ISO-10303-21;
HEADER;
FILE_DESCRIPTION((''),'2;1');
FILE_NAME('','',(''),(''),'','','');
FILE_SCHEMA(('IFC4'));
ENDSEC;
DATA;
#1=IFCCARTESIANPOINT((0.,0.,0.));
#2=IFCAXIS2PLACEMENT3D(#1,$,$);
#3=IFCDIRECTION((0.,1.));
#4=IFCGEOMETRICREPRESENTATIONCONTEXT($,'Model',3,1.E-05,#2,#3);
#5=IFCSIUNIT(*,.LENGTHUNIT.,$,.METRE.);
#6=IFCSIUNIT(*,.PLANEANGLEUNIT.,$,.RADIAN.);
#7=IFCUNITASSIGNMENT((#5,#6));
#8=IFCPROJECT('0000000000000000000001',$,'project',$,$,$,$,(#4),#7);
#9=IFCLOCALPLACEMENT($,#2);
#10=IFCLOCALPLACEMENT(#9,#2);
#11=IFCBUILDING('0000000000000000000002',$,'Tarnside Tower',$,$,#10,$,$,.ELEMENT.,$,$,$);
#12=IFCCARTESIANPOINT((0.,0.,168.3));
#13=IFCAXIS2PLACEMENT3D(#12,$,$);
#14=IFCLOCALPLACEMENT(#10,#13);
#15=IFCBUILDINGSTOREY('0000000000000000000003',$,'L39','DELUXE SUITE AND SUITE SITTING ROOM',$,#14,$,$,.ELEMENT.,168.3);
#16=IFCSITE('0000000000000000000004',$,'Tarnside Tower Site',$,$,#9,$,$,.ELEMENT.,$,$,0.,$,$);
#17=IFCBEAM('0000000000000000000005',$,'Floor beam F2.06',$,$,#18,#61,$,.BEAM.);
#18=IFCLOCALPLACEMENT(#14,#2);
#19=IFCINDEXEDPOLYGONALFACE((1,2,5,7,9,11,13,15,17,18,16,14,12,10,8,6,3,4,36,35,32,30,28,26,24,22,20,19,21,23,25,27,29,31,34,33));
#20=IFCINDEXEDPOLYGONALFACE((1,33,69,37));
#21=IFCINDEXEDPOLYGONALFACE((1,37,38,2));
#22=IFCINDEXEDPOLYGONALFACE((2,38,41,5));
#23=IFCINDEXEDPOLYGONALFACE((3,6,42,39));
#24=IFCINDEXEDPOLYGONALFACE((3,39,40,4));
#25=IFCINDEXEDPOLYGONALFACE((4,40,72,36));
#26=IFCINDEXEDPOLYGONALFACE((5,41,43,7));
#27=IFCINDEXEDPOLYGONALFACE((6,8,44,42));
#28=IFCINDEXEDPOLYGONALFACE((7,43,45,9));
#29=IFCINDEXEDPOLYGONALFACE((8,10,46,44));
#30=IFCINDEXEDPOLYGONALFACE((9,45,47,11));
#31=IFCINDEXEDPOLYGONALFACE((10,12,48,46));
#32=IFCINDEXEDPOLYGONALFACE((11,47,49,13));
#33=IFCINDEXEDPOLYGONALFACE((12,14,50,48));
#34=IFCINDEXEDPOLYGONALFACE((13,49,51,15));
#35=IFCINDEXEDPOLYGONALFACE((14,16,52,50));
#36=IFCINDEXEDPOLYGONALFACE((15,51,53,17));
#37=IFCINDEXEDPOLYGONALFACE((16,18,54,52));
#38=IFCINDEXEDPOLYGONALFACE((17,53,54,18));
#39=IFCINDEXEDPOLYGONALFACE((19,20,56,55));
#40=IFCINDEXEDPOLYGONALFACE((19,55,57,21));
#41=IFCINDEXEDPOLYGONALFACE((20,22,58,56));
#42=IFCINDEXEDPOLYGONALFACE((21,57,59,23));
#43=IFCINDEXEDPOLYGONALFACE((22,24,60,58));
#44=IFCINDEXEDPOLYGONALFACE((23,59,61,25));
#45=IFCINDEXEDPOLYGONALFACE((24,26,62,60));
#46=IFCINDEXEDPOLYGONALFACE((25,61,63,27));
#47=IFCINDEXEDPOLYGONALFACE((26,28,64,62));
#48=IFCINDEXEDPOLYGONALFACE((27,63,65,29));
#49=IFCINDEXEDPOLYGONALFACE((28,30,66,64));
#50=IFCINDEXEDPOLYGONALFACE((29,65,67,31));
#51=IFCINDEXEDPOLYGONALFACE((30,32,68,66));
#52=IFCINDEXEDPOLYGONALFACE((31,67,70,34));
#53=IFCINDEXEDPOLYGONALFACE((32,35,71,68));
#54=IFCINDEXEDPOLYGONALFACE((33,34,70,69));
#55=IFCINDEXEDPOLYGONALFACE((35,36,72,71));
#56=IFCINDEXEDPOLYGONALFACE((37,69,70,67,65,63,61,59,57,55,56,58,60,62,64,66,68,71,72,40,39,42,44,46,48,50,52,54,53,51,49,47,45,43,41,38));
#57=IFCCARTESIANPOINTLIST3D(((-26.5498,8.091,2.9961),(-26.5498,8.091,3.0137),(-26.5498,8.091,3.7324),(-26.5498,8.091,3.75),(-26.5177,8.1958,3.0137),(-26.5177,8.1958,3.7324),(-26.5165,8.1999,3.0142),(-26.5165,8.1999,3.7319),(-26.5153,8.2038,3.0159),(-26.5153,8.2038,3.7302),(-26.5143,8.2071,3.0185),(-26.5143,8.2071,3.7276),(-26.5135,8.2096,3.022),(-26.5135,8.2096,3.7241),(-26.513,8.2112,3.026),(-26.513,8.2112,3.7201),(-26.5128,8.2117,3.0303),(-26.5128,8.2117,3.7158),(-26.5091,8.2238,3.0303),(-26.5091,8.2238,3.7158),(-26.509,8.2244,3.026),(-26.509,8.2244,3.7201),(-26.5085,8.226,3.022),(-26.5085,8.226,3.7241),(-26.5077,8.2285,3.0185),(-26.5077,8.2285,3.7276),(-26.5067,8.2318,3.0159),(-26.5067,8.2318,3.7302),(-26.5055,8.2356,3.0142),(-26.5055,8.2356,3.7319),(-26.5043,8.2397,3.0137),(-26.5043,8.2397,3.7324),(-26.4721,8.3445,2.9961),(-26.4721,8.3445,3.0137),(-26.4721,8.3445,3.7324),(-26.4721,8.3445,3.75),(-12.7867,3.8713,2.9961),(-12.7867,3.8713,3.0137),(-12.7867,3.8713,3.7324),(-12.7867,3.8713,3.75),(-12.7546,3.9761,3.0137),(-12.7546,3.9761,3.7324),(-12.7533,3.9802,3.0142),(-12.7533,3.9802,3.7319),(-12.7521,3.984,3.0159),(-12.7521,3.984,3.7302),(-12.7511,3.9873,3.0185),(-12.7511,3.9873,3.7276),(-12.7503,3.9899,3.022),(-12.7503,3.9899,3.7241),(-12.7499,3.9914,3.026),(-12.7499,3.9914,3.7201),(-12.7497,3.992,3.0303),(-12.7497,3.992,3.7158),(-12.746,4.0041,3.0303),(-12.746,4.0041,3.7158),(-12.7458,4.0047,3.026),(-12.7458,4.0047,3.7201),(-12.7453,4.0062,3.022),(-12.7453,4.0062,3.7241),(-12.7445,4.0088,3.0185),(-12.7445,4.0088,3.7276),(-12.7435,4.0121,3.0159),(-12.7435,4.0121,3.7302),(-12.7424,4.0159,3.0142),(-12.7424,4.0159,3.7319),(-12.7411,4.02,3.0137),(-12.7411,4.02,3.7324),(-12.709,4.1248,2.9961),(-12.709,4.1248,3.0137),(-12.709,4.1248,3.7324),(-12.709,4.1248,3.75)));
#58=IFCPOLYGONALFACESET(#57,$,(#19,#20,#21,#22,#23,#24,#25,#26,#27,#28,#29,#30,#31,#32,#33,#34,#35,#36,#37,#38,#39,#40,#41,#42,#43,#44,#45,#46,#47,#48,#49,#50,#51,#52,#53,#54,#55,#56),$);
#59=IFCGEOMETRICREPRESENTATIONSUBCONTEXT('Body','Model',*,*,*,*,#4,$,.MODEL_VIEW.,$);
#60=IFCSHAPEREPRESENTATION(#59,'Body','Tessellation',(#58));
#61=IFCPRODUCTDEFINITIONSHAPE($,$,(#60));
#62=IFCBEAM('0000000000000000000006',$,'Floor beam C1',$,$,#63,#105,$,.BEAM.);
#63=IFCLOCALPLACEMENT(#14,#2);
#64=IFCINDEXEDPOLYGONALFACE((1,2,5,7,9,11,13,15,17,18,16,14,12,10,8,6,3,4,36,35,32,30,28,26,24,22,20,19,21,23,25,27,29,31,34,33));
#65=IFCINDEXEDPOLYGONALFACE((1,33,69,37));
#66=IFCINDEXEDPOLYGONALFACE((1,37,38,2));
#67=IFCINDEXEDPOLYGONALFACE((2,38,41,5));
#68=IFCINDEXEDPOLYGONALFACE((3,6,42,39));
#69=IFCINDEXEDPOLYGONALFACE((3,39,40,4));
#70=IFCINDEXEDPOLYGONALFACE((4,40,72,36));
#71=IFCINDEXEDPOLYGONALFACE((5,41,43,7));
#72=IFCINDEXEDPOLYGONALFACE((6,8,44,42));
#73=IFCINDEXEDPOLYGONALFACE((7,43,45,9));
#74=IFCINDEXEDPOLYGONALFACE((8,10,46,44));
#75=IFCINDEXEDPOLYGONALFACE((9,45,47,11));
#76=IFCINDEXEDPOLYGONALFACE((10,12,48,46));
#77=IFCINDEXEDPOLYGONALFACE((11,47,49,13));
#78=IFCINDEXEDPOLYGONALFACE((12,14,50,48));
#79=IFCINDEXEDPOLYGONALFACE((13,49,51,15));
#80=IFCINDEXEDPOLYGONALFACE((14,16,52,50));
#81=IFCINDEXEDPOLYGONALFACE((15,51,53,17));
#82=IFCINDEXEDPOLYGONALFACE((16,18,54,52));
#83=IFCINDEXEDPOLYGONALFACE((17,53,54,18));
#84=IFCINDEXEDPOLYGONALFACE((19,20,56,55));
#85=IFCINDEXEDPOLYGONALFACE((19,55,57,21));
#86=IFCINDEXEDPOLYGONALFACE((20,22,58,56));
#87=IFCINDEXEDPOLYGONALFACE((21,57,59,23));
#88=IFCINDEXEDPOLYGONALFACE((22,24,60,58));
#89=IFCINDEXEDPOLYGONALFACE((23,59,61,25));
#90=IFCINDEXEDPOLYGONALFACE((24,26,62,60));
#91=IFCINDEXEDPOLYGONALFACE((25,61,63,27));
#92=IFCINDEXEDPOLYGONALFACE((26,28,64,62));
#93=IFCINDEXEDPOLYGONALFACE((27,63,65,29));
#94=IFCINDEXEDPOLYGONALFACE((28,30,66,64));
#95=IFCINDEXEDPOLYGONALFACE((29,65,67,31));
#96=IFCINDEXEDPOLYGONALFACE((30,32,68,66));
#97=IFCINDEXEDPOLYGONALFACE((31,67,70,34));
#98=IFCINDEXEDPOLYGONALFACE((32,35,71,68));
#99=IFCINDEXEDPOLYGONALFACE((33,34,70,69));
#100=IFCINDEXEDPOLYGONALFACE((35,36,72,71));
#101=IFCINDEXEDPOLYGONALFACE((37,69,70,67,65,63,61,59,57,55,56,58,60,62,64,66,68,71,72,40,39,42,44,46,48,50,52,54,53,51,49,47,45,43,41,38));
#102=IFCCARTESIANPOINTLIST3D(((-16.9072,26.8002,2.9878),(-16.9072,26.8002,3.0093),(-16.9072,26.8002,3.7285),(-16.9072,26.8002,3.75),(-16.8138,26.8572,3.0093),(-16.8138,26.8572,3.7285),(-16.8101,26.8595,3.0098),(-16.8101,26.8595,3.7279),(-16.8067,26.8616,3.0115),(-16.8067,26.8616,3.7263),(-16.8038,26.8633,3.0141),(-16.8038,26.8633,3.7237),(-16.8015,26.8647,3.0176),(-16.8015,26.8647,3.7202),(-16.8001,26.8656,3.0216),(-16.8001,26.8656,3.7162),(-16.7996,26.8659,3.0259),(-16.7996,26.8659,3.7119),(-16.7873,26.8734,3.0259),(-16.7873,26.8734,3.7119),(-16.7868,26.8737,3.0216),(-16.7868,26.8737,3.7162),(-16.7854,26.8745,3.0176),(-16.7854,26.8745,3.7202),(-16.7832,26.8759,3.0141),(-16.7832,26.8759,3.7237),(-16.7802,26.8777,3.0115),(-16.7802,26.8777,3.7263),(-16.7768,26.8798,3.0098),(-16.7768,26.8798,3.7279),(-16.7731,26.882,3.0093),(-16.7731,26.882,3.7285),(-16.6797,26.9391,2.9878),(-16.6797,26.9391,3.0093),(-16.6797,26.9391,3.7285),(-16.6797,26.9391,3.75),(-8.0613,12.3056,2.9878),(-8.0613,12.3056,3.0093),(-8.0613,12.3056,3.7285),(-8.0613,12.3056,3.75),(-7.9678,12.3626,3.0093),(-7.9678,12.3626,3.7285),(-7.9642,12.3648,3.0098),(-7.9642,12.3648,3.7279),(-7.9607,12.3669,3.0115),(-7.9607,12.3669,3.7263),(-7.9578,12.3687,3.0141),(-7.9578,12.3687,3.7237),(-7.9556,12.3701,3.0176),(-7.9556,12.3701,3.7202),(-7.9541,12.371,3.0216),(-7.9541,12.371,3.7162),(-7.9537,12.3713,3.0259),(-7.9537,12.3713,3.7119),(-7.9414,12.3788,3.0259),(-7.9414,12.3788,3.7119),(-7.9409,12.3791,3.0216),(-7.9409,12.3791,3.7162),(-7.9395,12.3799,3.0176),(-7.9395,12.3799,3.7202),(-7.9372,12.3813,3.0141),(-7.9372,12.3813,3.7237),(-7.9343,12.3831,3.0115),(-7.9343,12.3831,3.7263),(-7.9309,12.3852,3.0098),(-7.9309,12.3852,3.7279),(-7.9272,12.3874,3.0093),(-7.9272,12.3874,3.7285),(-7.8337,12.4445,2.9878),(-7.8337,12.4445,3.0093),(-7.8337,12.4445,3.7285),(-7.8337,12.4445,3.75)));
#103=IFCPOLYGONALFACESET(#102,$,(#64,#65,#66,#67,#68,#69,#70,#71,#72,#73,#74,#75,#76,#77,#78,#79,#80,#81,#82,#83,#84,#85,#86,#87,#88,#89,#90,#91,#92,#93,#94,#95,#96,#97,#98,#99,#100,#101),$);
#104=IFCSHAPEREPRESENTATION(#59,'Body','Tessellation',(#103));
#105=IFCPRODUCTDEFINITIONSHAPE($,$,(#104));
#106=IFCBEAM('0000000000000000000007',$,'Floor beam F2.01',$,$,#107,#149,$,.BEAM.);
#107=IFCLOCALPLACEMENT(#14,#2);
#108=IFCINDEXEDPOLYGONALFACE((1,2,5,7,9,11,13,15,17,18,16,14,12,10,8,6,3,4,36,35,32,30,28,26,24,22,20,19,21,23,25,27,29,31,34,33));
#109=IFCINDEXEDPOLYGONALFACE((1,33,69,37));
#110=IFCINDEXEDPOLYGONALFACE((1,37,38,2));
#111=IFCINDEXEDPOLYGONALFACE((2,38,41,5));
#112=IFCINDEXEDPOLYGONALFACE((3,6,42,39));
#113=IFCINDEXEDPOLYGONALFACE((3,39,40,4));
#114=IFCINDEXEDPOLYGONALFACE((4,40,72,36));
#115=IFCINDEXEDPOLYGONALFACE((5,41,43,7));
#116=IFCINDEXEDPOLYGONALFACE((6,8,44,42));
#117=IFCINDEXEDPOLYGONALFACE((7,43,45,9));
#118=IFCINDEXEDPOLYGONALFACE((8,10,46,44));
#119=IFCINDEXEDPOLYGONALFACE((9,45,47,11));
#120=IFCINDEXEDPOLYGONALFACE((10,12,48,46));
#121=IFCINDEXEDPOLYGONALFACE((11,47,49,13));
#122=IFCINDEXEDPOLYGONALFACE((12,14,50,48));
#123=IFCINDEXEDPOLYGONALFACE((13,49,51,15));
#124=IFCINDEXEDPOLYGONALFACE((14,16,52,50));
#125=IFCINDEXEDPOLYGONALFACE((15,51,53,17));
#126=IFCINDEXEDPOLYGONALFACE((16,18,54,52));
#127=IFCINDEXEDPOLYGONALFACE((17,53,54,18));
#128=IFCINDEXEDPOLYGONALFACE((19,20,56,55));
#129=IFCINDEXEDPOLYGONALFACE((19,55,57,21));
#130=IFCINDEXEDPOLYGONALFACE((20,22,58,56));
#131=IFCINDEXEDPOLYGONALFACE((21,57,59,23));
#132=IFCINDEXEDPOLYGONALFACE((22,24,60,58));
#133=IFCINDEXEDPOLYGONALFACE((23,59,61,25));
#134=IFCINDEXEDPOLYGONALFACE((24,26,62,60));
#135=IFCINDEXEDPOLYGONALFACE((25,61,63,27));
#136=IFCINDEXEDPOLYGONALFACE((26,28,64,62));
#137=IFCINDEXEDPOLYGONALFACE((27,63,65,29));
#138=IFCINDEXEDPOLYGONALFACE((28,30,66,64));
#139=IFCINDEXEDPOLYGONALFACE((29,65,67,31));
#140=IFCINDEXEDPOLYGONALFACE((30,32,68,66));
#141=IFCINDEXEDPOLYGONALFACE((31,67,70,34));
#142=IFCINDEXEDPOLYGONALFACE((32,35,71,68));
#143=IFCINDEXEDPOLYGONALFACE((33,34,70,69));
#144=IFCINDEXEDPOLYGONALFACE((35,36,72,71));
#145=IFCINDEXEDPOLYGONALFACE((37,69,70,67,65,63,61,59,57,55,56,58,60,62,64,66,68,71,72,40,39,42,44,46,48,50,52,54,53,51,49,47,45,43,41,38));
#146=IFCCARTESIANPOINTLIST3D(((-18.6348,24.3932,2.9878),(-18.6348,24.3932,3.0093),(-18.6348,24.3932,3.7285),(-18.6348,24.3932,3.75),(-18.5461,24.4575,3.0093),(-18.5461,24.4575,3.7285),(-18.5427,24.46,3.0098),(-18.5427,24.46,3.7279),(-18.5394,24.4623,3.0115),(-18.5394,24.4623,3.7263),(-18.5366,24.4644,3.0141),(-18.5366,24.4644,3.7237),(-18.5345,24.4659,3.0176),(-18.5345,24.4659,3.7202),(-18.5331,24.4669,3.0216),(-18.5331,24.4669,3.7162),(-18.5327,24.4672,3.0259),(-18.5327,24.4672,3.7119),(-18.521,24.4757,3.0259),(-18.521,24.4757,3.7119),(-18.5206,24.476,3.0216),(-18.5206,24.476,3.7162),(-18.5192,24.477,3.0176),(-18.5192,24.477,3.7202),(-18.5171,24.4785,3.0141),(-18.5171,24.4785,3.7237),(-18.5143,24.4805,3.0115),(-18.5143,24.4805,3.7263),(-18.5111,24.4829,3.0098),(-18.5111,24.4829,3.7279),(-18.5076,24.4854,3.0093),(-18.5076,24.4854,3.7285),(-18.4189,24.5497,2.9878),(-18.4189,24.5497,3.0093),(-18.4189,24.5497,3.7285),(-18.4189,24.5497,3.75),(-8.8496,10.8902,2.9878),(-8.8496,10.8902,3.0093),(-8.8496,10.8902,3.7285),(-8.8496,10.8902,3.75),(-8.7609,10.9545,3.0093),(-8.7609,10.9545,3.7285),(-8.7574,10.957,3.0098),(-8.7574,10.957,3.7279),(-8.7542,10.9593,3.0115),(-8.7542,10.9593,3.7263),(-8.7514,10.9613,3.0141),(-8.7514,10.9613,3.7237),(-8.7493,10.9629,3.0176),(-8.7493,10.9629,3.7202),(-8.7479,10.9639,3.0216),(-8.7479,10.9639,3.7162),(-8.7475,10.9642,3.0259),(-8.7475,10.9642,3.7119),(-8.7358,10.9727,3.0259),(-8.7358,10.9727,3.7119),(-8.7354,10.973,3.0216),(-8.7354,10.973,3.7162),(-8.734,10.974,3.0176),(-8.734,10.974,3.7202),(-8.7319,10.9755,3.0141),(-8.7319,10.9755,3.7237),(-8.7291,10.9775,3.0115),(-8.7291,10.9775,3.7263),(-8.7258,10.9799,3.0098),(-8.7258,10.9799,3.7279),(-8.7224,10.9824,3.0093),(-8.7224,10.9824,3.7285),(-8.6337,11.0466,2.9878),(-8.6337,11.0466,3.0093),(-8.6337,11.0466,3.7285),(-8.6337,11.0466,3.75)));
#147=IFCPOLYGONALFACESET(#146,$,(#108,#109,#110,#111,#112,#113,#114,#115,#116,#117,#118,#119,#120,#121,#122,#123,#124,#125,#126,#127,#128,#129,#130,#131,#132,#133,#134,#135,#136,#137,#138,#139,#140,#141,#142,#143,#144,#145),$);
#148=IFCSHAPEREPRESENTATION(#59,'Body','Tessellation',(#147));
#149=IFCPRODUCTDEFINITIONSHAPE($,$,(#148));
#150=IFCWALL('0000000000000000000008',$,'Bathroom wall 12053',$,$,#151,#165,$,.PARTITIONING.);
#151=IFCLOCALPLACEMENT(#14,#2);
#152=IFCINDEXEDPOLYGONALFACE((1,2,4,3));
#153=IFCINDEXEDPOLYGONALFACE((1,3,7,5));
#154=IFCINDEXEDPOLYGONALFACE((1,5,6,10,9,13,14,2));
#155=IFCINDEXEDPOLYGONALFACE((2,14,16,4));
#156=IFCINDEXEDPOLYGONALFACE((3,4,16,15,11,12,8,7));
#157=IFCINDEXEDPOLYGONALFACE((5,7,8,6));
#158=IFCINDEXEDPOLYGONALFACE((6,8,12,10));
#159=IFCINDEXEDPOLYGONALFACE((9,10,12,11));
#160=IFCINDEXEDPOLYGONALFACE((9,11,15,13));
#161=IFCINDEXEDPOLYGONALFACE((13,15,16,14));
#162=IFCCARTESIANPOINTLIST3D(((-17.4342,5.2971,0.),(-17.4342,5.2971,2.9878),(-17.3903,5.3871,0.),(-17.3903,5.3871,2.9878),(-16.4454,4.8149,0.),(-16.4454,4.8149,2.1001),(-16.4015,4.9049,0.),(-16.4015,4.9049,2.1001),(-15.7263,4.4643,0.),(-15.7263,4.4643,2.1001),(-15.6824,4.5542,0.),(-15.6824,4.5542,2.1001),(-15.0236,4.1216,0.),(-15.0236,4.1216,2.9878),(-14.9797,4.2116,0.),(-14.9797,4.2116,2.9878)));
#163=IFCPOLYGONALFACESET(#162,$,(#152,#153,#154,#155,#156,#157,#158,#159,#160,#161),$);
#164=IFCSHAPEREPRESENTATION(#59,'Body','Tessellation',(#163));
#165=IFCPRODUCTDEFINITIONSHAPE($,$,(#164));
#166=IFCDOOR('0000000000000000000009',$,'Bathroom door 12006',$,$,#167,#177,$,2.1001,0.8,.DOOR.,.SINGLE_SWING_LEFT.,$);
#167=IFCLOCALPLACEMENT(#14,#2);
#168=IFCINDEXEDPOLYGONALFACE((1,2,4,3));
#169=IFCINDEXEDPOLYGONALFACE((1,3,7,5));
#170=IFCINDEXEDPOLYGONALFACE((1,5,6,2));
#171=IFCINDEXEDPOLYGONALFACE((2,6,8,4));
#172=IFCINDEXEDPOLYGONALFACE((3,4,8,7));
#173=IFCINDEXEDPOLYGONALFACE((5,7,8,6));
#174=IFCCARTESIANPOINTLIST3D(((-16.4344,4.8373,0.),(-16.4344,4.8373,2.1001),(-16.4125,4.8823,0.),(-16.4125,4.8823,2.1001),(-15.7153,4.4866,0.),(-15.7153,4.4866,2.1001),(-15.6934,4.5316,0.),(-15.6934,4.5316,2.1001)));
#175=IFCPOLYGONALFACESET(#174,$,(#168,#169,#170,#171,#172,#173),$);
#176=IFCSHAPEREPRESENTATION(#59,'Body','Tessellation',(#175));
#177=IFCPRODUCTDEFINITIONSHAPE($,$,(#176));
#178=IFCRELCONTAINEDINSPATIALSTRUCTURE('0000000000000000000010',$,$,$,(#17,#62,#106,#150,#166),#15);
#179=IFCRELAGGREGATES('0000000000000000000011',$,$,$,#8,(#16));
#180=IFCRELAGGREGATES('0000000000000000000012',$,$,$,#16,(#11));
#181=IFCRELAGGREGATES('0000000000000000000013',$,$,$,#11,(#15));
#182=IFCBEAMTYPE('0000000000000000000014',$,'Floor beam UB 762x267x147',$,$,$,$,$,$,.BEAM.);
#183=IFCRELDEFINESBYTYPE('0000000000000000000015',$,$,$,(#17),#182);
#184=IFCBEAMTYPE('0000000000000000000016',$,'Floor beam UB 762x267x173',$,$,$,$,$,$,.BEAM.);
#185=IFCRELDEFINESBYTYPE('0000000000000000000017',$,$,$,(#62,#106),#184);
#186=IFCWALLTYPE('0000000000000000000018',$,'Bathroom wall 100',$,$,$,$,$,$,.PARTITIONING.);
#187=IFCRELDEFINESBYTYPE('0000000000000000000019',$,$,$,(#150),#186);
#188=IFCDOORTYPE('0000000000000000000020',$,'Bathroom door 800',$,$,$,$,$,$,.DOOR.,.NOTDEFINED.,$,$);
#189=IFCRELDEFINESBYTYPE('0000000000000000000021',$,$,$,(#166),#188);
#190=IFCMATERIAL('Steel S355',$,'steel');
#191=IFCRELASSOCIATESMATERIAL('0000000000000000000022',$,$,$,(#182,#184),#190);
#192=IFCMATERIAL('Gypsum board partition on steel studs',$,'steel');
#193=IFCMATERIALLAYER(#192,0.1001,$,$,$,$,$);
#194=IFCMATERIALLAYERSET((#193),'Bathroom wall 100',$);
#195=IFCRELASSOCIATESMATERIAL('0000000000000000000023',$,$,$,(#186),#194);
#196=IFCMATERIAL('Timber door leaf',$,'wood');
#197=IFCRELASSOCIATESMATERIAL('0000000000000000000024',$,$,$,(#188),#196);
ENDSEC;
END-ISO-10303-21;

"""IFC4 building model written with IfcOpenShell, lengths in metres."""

from ifc_helpers import new_model, si_unit, direction, frame, frame_2d, origin, origin_2d, place, context, subcontext, project, spatial, rectangle, i_section, extrude, material, layer, layer_set, material_profile, profile_set, type_object, element, fill, save


model = new_model("IFC4")

# Units and contexts
model_context = context("Model", 3, precision=1e-05, world=origin(), true_north=direction((0.0, 1.0)))
body_context = subcontext(model_context, "Body", "Model", "MODEL_VIEW")
ifc_project = project(units=[si_unit("LENGTHUNIT", "METRE"), si_unit("PLANEANGLEUNIT", "RADIAN")], contexts=[model_context])

# Site, building, storey
site_placement = place(None, origin())
site = spatial("IfcSite", under=ifc_project, at=site_placement, Name="Tarnside Tower Site", CompositionType="ELEMENT", RefElevation=0.0)
building_placement = place(site_placement, origin())
building = spatial("IfcBuilding", under=site, at=building_placement, Name="Tarnside Tower", CompositionType="ELEMENT")
storey_placement = place(building_placement, frame((0.0, 0.0, 168.3)))
storey = spatial("IfcBuildingStorey", under=building, at=storey_placement, Name="L39", Description="DELUXE SUITE AND SUITE SITTING ROOM", CompositionType="ELEMENT", Elevation=168.3)

# Beams
ifc_material_1 = material(Name="Steel S355", Category="steel")
ifc_material_profile_1 = material_profile(ifc_material_1, i_section(OverallWidth=0.2651, OverallDepth=0.7539, WebThickness=0.0127, FlangeThickness=0.0176, FilletRadius=0.0166, at=origin_2d()), Name="UB 762x267x147")
ifc_profile_set_1 = profile_set([ifc_material_profile_1], Name="Steel S355")
beam_type_1 = type_object("IfcBeamType", Name="Floor beam UB 762x267x147", PredefinedType="BEAM", material=ifc_profile_set_1)
beam_1_placement = place(storey_placement, frame((-26.511, 8.2178, 3.373), z_axis=(0.956073, -0.293128, 0.0), x_axis=(0.293128, 0.956073, 0.0)))
element("IfcBeam", 1, at=beam_1_placement, inside=storey, type_object=beam_type_1, Name="Floor beam F2.06", PredefinedType="BEAM", context=body_context, shape_type="SweptSolid", body=[
    extrude(i_section(OverallWidth=0.2651, OverallDepth=0.7539, WebThickness=0.0127, FlangeThickness=0.0176, FilletRadius=0.0166, at=origin_2d()), origin(), (0.0, 0.0, 1.0), 14.3955),
])
ifc_material_profile_2 = material_profile(ifc_material_1, i_section(OverallWidth=0.2666, OverallDepth=0.7622, WebThickness=0.0144, FlangeThickness=0.0215, FilletRadius=0.0166, at=origin_2d()), Name="UB 762x267x173")
ifc_profile_set_2 = profile_set([ifc_material_profile_2], Name="Steel S355")
beam_type_2 = type_object("IfcBeamType", Name="Floor beam UB 762x267x173", PredefinedType="BEAM", material=ifc_profile_set_2)
beam_2_placement = place(storey_placement, frame((-16.7935, 26.8696, 3.3689), z_axis=(0.52094, -0.853593, 0.0), x_axis=(0.853593, 0.52094, 0.0)))
element("IfcBeam", 2, at=beam_2_placement, inside=storey, type_object=beam_type_2, Name="Floor beam C1", PredefinedType="BEAM", context=body_context, shape_type="SweptSolid", body=[
    extrude(i_section(OverallWidth=0.2666, OverallDepth=0.7622, WebThickness=0.0144, FlangeThickness=0.0215, FilletRadius=0.0166, at=origin_2d()), origin(), (0.0, 0.0, 1.0), 16.9807),
])
beam_3_placement = place(storey_placement, frame((-18.5269, 24.4714, 3.3689), z_axis=(0.586792, -0.809738, 0.0), x_axis=(0.809738, 0.586792, 0.0)))
element("IfcBeam", 3, at=beam_3_placement, inside=storey, type_object=beam_type_2, Name="Floor beam F2.01", PredefinedType="BEAM", context=body_context, shape_type="SweptSolid", body=[
    extrude(i_section(OverallWidth=0.2666, OverallDepth=0.7622, WebThickness=0.0144, FlangeThickness=0.0215, FilletRadius=0.0166, at=origin_2d()), origin(), (0.0, 0.0, 1.0), 16.6758),
])

# Wall, opening, door
ifc_material_2 = material(Name="Gypsum board partition on steel studs", Category="steel")
ifc_layer_1 = layer(ifc_material_2, 0.1001)
ifc_layer_set_1 = layer_set([ifc_layer_1], Name="Bathroom wall 100")
wall_type_1 = type_object("IfcWallType", Name="Bathroom wall 100", PredefinedType="PARTITIONING", material=ifc_layer_set_1)
wall_1_placement = place(storey_placement, frame((-17.4121, 5.342, 0.0), z_axis=(0.0, 0.0, 1.0), x_axis=(0.898825, -0.438307, 0.0)))
wall_1 = element("IfcWall", 4, at=wall_1_placement, inside=storey, type_object=wall_type_1, Name="Bathroom wall 12053", PredefinedType="PARTITIONING", context=body_context, shape_type="SweptSolid", body=[
    extrude(rectangle(XDim=2.6819, YDim=0.1001, at=frame_2d((1.3408, 0.0))), origin(), (0.0, 0.0, 1.0), 2.9878),
])
opening_1_placement = place(wall_1_placement, frame((1.1001, 0.0, 0.0)))
opening_1 = element("IfcOpeningElement", 5, at=opening_1_placement, cuts=wall_1, PredefinedType="OPENING", context=body_context, shape_type="SweptSolid", body=[
    extrude(rectangle(XDim=0.8, YDim=2.1001, at=frame_2d((0.3999, 1.05))), frame((0.0, 0.0601, 0.0), z_axis=(0.0, -1.0, 0.0), x_axis=(1.0, 0.0, 0.0)), (0.0, 0.0, 1.0), 0.1201),
])
ifc_material_3 = material(Name="Timber door leaf", Category="wood")
door_type_1 = type_object("IfcDoorType", Name="Bathroom door 800", OperationType="NOTDEFINED", PredefinedType="DOOR", material=ifc_material_3)
door_1_placement = place(opening_1_placement, origin())
door_1 = element("IfcDoor", 6, at=door_1_placement, inside=storey, type_object=door_type_1, Name="Bathroom door 12006", OperationType="SINGLE_SWING_LEFT", OverallHeight=2.1001, OverallWidth=0.8, PredefinedType="DOOR", context=body_context, shape_type="SweptSolid", body=[
    extrude(rectangle(XDim=0.8, YDim=2.1001, at=frame_2d((0.3999, 1.05))), frame((0.0, 0.0249, 0.0), z_axis=(0.0, -1.0, 0.0), x_axis=(1.0, 0.0, 0.0)), (0.0, 0.0, 1.0), 0.05),
])
fill(opening_1, door_1)

save(model, "model.ifc")
